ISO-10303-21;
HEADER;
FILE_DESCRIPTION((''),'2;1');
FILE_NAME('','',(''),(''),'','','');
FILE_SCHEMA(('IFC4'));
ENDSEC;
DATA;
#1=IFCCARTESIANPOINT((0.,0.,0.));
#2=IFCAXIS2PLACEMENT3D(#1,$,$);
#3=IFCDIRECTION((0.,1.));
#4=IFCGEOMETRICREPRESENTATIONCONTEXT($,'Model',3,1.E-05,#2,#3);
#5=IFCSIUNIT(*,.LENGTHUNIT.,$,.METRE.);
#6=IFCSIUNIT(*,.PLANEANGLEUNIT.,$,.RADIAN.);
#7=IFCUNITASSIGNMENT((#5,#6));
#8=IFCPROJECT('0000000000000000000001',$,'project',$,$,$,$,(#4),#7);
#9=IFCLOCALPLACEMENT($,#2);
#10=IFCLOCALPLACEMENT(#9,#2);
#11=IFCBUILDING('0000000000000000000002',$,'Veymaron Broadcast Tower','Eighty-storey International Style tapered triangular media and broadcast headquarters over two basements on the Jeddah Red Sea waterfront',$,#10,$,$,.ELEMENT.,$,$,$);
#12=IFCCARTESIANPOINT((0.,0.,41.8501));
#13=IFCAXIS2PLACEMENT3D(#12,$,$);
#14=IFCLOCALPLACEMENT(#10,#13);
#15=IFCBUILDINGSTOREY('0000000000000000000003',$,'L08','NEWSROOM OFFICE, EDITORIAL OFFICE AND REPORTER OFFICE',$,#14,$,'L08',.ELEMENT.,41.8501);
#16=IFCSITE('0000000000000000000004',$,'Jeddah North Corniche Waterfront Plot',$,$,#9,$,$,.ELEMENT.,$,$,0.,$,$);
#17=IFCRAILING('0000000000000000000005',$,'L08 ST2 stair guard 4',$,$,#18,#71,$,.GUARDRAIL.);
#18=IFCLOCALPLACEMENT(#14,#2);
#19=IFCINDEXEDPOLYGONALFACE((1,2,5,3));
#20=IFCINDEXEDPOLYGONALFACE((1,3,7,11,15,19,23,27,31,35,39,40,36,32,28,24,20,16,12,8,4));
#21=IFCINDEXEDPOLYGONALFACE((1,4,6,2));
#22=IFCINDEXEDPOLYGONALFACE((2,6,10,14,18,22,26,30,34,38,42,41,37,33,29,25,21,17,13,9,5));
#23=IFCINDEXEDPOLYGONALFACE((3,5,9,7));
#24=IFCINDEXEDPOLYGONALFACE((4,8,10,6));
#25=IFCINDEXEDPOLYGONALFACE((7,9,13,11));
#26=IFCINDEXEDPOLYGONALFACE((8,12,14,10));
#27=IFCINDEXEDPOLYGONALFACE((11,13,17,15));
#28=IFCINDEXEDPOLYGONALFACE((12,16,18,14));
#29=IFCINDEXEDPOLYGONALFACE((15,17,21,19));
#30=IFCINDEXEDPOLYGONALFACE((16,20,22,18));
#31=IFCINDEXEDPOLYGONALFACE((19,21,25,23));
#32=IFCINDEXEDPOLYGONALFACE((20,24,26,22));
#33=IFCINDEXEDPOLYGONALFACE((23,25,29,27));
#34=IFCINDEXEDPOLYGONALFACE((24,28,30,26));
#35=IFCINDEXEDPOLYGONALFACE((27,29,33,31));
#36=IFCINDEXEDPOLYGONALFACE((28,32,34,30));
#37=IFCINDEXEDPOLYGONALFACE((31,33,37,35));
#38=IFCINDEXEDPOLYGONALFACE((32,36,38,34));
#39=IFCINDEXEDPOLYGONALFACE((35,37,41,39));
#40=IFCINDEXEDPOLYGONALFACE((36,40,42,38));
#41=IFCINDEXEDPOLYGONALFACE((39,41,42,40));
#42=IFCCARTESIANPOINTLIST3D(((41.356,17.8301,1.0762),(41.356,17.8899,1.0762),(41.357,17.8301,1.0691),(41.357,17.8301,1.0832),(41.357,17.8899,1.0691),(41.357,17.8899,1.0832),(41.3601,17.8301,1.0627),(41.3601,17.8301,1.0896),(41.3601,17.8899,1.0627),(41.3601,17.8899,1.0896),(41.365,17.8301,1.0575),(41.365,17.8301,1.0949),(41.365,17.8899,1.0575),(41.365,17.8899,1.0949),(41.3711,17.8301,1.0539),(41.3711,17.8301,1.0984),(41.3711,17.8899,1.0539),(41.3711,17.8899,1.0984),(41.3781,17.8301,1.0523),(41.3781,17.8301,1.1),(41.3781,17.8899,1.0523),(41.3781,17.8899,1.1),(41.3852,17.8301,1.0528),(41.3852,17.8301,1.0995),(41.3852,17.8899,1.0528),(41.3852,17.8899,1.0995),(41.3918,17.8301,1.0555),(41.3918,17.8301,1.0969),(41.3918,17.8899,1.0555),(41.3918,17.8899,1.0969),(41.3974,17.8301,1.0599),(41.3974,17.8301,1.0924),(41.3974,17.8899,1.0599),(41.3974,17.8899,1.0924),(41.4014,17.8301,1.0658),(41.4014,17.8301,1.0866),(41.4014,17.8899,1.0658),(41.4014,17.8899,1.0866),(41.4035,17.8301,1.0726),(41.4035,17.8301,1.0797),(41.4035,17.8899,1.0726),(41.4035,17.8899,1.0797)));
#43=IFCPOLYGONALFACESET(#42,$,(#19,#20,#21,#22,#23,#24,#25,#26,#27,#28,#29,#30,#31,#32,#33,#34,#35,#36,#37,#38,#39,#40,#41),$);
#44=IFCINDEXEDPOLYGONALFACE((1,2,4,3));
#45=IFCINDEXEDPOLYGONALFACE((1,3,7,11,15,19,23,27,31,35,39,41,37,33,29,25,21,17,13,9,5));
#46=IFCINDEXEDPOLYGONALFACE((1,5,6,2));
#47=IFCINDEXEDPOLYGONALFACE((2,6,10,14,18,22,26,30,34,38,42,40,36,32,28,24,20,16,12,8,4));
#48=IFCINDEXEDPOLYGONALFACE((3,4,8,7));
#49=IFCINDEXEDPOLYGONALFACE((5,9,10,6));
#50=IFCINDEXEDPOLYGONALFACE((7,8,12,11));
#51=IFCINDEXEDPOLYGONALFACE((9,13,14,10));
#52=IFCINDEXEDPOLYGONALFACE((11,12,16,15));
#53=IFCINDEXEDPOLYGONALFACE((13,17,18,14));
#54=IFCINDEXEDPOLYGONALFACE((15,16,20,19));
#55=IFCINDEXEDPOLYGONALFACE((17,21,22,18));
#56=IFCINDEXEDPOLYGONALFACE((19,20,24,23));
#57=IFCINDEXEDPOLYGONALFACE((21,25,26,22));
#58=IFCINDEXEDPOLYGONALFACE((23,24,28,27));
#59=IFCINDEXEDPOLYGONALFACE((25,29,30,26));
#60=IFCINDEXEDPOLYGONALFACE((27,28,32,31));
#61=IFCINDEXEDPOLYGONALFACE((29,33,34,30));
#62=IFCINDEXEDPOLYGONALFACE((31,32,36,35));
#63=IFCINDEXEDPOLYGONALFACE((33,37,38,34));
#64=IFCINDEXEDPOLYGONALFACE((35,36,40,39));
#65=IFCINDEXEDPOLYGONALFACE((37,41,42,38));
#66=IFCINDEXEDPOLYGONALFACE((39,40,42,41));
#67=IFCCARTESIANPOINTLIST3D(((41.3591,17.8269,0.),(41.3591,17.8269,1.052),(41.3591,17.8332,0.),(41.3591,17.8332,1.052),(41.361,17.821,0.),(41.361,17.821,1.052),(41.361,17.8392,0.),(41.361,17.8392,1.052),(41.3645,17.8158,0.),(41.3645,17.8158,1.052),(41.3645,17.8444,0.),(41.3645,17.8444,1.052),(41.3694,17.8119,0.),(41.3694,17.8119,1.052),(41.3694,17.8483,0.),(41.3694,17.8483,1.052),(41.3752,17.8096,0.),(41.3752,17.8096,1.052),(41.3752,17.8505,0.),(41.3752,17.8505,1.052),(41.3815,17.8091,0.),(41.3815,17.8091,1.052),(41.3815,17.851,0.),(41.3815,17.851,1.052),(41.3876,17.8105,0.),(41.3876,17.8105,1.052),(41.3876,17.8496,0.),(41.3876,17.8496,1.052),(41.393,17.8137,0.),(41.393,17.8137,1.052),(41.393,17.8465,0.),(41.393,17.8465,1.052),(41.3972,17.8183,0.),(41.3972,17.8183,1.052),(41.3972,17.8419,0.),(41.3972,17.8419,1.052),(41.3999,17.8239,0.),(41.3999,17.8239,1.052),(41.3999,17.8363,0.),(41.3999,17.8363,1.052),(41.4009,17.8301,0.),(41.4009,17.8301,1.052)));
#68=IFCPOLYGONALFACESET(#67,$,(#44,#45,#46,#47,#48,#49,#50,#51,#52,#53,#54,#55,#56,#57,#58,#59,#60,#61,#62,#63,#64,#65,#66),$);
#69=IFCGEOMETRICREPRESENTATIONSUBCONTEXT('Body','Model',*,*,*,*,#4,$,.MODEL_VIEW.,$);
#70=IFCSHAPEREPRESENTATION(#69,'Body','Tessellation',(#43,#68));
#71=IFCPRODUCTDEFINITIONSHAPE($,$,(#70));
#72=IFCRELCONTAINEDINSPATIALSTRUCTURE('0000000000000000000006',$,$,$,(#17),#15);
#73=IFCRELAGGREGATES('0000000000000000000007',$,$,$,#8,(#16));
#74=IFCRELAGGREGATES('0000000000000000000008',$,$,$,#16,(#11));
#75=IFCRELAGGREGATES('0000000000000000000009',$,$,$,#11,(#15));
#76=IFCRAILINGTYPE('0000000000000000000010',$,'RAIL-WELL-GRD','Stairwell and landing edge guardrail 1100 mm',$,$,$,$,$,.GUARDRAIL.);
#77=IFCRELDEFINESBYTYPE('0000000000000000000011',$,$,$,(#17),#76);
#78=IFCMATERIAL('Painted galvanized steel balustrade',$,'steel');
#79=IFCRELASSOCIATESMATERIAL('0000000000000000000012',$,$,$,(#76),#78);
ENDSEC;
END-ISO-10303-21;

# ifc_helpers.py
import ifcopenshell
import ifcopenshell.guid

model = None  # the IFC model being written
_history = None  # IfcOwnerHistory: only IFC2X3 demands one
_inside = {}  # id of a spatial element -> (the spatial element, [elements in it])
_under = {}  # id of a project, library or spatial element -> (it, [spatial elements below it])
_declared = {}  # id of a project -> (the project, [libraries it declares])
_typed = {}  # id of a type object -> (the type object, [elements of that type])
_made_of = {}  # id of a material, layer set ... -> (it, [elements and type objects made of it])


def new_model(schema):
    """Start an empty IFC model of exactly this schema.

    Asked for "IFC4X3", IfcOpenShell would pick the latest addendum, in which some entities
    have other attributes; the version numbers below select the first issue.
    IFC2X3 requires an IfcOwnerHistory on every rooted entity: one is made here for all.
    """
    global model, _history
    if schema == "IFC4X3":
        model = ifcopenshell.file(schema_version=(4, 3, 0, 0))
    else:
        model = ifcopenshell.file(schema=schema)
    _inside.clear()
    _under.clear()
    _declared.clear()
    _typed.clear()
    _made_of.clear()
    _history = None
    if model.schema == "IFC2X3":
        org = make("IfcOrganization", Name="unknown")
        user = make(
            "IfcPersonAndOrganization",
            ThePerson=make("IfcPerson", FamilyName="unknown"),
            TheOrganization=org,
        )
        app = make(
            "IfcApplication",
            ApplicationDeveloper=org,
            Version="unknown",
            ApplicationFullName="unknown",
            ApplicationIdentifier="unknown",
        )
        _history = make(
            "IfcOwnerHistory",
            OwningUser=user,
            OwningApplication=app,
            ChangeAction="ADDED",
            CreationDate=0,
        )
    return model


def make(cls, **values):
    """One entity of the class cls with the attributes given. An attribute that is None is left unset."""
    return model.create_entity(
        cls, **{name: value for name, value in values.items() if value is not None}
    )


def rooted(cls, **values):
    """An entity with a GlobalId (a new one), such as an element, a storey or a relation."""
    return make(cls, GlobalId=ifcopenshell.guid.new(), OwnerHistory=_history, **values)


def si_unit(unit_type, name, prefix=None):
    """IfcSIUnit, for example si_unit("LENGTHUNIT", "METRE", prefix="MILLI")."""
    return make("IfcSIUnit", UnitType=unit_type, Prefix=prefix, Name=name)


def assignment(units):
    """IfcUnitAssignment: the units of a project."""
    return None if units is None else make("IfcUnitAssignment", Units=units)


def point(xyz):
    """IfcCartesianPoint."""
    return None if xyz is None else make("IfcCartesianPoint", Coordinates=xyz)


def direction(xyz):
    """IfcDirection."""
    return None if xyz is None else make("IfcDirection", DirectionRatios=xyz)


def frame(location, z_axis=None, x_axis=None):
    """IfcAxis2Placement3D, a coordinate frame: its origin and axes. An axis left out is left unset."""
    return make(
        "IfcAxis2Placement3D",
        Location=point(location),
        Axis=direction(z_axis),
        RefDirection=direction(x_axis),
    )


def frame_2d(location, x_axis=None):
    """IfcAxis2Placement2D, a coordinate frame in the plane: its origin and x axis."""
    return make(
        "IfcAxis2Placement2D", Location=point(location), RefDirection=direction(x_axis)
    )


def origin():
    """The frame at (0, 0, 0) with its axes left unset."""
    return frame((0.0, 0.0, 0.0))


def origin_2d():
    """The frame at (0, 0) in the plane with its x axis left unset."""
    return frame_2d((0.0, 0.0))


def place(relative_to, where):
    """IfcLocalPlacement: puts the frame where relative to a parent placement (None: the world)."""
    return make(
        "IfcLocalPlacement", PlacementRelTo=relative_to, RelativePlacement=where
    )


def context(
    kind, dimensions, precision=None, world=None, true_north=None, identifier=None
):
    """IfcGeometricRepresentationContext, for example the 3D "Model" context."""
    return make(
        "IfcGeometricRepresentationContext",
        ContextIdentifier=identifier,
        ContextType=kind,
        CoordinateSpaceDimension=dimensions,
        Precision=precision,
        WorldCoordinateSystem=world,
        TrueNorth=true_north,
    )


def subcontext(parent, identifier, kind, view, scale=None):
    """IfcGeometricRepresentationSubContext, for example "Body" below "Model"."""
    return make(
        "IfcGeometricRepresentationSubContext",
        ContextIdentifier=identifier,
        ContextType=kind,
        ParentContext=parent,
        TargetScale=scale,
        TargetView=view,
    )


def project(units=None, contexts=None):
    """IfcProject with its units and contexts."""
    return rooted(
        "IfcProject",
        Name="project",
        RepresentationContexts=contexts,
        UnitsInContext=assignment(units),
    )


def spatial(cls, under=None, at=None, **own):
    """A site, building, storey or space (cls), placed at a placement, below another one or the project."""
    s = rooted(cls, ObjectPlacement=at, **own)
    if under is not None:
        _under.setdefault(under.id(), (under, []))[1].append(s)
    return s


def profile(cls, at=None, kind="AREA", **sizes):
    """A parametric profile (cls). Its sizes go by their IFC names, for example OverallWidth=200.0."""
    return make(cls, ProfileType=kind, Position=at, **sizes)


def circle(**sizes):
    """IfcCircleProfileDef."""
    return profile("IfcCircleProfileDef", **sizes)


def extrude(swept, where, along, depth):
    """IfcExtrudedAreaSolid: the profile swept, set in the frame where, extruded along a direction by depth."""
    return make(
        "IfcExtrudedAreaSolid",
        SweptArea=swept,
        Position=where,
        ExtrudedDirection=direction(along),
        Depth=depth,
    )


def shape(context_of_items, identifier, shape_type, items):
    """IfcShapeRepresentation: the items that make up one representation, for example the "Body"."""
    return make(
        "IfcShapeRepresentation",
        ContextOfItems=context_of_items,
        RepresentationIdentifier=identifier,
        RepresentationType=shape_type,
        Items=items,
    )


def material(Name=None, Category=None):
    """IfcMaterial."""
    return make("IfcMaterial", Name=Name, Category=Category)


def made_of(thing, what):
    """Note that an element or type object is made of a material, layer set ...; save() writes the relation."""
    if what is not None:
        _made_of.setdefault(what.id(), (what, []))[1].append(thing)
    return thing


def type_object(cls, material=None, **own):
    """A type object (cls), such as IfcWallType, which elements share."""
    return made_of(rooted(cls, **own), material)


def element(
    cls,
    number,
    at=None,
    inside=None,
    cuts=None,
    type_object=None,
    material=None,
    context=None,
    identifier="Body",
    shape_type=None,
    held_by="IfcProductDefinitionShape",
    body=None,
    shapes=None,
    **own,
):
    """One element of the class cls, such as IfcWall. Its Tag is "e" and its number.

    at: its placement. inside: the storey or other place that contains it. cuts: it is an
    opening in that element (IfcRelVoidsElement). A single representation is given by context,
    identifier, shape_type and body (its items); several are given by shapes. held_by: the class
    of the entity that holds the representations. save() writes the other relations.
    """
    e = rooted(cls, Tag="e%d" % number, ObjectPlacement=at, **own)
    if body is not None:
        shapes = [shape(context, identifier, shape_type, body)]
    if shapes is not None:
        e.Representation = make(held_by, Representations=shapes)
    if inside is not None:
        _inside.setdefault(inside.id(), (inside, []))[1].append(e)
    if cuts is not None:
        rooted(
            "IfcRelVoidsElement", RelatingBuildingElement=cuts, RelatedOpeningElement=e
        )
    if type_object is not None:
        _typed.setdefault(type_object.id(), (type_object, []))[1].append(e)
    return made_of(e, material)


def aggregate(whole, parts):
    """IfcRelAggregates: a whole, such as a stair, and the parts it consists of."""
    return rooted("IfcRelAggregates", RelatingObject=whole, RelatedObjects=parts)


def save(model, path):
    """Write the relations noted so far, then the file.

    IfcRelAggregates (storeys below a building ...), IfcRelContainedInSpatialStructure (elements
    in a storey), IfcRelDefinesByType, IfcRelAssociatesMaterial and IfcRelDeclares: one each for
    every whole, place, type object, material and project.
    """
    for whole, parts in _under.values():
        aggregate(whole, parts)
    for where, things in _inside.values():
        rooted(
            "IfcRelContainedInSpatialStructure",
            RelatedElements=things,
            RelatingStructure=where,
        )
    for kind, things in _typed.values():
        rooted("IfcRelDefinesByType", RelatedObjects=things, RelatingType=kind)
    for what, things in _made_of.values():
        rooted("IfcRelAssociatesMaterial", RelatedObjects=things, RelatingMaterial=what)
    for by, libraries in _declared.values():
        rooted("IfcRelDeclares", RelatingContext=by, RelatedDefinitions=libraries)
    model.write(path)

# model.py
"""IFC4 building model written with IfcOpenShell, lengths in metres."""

from ifc_helpers import new_model, si_unit, direction, frame, origin, origin_2d, place, context, subcontext, project, spatial, circle, extrude, material, type_object, element, save


model = new_model("IFC4")

# Units and contexts
model_context = context("Model", 3, precision=1e-05, world=origin(), true_north=direction((0.0, 1.0)))
body_context = subcontext(model_context, "Body", "Model", "MODEL_VIEW")
ifc_project = project(units=[si_unit("LENGTHUNIT", "METRE"), si_unit("PLANEANGLEUNIT", "RADIAN")], contexts=[model_context])

# Site, building, storey
site_placement = place(None, origin())
site = spatial("IfcSite", under=ifc_project, at=site_placement, Name="Jeddah North Corniche Waterfront Plot", CompositionType="ELEMENT", RefElevation=0.0)
building_placement = place(site_placement, origin())
building = spatial("IfcBuilding", under=site, at=building_placement, Name="Veymaron Broadcast Tower", Description="Eighty-storey International Style tapered triangular media and broadcast headquarters over two basements on the Jeddah Red Sea waterfront", CompositionType="ELEMENT")
storey_placement = place(building_placement, frame((0.0, 0.0, 41.8501)))
storey = spatial("IfcBuildingStorey", under=building, at=storey_placement, Name="L08", Description="NEWSROOM OFFICE, EDITORIAL OFFICE AND REPORTER OFFICE", LongName="L08", CompositionType="ELEMENT", Elevation=41.8501)

# Railing
ifc_material_1 = material(Name="Painted galvanized steel balustrade", Category="steel")
railing_type_1 = type_object("IfcRailingType", Name="RAIL-WELL-GRD", Description="Stairwell and landing edge guardrail 1100 mm", PredefinedType="GUARDRAIL", material=ifc_material_1)
railing_1_placement = place(storey_placement, frame((41.3799, 17.8301, 0.0)))
element("IfcRailing", 1, at=railing_1_placement, inside=storey, type_object=railing_type_1, Name="L08 ST2 stair guard 4", PredefinedType="GUARDRAIL", context=body_context, shape_type="SweptSolid", body=[
    extrude(circle(Radius=0.0239, at=origin_2d()), frame((0.0, 0.0, 1.0762), z_axis=(0.0, 1.0, 0.0), x_axis=(-1.0, 0.0, 0.0)), (0.0, 0.0, 1.0), 0.0598),
    extrude(circle(Radius=0.021, at=origin_2d()), origin(), (0.0, 0.0, 1.0), 1.052),
])

save(model, "model.ifc")
